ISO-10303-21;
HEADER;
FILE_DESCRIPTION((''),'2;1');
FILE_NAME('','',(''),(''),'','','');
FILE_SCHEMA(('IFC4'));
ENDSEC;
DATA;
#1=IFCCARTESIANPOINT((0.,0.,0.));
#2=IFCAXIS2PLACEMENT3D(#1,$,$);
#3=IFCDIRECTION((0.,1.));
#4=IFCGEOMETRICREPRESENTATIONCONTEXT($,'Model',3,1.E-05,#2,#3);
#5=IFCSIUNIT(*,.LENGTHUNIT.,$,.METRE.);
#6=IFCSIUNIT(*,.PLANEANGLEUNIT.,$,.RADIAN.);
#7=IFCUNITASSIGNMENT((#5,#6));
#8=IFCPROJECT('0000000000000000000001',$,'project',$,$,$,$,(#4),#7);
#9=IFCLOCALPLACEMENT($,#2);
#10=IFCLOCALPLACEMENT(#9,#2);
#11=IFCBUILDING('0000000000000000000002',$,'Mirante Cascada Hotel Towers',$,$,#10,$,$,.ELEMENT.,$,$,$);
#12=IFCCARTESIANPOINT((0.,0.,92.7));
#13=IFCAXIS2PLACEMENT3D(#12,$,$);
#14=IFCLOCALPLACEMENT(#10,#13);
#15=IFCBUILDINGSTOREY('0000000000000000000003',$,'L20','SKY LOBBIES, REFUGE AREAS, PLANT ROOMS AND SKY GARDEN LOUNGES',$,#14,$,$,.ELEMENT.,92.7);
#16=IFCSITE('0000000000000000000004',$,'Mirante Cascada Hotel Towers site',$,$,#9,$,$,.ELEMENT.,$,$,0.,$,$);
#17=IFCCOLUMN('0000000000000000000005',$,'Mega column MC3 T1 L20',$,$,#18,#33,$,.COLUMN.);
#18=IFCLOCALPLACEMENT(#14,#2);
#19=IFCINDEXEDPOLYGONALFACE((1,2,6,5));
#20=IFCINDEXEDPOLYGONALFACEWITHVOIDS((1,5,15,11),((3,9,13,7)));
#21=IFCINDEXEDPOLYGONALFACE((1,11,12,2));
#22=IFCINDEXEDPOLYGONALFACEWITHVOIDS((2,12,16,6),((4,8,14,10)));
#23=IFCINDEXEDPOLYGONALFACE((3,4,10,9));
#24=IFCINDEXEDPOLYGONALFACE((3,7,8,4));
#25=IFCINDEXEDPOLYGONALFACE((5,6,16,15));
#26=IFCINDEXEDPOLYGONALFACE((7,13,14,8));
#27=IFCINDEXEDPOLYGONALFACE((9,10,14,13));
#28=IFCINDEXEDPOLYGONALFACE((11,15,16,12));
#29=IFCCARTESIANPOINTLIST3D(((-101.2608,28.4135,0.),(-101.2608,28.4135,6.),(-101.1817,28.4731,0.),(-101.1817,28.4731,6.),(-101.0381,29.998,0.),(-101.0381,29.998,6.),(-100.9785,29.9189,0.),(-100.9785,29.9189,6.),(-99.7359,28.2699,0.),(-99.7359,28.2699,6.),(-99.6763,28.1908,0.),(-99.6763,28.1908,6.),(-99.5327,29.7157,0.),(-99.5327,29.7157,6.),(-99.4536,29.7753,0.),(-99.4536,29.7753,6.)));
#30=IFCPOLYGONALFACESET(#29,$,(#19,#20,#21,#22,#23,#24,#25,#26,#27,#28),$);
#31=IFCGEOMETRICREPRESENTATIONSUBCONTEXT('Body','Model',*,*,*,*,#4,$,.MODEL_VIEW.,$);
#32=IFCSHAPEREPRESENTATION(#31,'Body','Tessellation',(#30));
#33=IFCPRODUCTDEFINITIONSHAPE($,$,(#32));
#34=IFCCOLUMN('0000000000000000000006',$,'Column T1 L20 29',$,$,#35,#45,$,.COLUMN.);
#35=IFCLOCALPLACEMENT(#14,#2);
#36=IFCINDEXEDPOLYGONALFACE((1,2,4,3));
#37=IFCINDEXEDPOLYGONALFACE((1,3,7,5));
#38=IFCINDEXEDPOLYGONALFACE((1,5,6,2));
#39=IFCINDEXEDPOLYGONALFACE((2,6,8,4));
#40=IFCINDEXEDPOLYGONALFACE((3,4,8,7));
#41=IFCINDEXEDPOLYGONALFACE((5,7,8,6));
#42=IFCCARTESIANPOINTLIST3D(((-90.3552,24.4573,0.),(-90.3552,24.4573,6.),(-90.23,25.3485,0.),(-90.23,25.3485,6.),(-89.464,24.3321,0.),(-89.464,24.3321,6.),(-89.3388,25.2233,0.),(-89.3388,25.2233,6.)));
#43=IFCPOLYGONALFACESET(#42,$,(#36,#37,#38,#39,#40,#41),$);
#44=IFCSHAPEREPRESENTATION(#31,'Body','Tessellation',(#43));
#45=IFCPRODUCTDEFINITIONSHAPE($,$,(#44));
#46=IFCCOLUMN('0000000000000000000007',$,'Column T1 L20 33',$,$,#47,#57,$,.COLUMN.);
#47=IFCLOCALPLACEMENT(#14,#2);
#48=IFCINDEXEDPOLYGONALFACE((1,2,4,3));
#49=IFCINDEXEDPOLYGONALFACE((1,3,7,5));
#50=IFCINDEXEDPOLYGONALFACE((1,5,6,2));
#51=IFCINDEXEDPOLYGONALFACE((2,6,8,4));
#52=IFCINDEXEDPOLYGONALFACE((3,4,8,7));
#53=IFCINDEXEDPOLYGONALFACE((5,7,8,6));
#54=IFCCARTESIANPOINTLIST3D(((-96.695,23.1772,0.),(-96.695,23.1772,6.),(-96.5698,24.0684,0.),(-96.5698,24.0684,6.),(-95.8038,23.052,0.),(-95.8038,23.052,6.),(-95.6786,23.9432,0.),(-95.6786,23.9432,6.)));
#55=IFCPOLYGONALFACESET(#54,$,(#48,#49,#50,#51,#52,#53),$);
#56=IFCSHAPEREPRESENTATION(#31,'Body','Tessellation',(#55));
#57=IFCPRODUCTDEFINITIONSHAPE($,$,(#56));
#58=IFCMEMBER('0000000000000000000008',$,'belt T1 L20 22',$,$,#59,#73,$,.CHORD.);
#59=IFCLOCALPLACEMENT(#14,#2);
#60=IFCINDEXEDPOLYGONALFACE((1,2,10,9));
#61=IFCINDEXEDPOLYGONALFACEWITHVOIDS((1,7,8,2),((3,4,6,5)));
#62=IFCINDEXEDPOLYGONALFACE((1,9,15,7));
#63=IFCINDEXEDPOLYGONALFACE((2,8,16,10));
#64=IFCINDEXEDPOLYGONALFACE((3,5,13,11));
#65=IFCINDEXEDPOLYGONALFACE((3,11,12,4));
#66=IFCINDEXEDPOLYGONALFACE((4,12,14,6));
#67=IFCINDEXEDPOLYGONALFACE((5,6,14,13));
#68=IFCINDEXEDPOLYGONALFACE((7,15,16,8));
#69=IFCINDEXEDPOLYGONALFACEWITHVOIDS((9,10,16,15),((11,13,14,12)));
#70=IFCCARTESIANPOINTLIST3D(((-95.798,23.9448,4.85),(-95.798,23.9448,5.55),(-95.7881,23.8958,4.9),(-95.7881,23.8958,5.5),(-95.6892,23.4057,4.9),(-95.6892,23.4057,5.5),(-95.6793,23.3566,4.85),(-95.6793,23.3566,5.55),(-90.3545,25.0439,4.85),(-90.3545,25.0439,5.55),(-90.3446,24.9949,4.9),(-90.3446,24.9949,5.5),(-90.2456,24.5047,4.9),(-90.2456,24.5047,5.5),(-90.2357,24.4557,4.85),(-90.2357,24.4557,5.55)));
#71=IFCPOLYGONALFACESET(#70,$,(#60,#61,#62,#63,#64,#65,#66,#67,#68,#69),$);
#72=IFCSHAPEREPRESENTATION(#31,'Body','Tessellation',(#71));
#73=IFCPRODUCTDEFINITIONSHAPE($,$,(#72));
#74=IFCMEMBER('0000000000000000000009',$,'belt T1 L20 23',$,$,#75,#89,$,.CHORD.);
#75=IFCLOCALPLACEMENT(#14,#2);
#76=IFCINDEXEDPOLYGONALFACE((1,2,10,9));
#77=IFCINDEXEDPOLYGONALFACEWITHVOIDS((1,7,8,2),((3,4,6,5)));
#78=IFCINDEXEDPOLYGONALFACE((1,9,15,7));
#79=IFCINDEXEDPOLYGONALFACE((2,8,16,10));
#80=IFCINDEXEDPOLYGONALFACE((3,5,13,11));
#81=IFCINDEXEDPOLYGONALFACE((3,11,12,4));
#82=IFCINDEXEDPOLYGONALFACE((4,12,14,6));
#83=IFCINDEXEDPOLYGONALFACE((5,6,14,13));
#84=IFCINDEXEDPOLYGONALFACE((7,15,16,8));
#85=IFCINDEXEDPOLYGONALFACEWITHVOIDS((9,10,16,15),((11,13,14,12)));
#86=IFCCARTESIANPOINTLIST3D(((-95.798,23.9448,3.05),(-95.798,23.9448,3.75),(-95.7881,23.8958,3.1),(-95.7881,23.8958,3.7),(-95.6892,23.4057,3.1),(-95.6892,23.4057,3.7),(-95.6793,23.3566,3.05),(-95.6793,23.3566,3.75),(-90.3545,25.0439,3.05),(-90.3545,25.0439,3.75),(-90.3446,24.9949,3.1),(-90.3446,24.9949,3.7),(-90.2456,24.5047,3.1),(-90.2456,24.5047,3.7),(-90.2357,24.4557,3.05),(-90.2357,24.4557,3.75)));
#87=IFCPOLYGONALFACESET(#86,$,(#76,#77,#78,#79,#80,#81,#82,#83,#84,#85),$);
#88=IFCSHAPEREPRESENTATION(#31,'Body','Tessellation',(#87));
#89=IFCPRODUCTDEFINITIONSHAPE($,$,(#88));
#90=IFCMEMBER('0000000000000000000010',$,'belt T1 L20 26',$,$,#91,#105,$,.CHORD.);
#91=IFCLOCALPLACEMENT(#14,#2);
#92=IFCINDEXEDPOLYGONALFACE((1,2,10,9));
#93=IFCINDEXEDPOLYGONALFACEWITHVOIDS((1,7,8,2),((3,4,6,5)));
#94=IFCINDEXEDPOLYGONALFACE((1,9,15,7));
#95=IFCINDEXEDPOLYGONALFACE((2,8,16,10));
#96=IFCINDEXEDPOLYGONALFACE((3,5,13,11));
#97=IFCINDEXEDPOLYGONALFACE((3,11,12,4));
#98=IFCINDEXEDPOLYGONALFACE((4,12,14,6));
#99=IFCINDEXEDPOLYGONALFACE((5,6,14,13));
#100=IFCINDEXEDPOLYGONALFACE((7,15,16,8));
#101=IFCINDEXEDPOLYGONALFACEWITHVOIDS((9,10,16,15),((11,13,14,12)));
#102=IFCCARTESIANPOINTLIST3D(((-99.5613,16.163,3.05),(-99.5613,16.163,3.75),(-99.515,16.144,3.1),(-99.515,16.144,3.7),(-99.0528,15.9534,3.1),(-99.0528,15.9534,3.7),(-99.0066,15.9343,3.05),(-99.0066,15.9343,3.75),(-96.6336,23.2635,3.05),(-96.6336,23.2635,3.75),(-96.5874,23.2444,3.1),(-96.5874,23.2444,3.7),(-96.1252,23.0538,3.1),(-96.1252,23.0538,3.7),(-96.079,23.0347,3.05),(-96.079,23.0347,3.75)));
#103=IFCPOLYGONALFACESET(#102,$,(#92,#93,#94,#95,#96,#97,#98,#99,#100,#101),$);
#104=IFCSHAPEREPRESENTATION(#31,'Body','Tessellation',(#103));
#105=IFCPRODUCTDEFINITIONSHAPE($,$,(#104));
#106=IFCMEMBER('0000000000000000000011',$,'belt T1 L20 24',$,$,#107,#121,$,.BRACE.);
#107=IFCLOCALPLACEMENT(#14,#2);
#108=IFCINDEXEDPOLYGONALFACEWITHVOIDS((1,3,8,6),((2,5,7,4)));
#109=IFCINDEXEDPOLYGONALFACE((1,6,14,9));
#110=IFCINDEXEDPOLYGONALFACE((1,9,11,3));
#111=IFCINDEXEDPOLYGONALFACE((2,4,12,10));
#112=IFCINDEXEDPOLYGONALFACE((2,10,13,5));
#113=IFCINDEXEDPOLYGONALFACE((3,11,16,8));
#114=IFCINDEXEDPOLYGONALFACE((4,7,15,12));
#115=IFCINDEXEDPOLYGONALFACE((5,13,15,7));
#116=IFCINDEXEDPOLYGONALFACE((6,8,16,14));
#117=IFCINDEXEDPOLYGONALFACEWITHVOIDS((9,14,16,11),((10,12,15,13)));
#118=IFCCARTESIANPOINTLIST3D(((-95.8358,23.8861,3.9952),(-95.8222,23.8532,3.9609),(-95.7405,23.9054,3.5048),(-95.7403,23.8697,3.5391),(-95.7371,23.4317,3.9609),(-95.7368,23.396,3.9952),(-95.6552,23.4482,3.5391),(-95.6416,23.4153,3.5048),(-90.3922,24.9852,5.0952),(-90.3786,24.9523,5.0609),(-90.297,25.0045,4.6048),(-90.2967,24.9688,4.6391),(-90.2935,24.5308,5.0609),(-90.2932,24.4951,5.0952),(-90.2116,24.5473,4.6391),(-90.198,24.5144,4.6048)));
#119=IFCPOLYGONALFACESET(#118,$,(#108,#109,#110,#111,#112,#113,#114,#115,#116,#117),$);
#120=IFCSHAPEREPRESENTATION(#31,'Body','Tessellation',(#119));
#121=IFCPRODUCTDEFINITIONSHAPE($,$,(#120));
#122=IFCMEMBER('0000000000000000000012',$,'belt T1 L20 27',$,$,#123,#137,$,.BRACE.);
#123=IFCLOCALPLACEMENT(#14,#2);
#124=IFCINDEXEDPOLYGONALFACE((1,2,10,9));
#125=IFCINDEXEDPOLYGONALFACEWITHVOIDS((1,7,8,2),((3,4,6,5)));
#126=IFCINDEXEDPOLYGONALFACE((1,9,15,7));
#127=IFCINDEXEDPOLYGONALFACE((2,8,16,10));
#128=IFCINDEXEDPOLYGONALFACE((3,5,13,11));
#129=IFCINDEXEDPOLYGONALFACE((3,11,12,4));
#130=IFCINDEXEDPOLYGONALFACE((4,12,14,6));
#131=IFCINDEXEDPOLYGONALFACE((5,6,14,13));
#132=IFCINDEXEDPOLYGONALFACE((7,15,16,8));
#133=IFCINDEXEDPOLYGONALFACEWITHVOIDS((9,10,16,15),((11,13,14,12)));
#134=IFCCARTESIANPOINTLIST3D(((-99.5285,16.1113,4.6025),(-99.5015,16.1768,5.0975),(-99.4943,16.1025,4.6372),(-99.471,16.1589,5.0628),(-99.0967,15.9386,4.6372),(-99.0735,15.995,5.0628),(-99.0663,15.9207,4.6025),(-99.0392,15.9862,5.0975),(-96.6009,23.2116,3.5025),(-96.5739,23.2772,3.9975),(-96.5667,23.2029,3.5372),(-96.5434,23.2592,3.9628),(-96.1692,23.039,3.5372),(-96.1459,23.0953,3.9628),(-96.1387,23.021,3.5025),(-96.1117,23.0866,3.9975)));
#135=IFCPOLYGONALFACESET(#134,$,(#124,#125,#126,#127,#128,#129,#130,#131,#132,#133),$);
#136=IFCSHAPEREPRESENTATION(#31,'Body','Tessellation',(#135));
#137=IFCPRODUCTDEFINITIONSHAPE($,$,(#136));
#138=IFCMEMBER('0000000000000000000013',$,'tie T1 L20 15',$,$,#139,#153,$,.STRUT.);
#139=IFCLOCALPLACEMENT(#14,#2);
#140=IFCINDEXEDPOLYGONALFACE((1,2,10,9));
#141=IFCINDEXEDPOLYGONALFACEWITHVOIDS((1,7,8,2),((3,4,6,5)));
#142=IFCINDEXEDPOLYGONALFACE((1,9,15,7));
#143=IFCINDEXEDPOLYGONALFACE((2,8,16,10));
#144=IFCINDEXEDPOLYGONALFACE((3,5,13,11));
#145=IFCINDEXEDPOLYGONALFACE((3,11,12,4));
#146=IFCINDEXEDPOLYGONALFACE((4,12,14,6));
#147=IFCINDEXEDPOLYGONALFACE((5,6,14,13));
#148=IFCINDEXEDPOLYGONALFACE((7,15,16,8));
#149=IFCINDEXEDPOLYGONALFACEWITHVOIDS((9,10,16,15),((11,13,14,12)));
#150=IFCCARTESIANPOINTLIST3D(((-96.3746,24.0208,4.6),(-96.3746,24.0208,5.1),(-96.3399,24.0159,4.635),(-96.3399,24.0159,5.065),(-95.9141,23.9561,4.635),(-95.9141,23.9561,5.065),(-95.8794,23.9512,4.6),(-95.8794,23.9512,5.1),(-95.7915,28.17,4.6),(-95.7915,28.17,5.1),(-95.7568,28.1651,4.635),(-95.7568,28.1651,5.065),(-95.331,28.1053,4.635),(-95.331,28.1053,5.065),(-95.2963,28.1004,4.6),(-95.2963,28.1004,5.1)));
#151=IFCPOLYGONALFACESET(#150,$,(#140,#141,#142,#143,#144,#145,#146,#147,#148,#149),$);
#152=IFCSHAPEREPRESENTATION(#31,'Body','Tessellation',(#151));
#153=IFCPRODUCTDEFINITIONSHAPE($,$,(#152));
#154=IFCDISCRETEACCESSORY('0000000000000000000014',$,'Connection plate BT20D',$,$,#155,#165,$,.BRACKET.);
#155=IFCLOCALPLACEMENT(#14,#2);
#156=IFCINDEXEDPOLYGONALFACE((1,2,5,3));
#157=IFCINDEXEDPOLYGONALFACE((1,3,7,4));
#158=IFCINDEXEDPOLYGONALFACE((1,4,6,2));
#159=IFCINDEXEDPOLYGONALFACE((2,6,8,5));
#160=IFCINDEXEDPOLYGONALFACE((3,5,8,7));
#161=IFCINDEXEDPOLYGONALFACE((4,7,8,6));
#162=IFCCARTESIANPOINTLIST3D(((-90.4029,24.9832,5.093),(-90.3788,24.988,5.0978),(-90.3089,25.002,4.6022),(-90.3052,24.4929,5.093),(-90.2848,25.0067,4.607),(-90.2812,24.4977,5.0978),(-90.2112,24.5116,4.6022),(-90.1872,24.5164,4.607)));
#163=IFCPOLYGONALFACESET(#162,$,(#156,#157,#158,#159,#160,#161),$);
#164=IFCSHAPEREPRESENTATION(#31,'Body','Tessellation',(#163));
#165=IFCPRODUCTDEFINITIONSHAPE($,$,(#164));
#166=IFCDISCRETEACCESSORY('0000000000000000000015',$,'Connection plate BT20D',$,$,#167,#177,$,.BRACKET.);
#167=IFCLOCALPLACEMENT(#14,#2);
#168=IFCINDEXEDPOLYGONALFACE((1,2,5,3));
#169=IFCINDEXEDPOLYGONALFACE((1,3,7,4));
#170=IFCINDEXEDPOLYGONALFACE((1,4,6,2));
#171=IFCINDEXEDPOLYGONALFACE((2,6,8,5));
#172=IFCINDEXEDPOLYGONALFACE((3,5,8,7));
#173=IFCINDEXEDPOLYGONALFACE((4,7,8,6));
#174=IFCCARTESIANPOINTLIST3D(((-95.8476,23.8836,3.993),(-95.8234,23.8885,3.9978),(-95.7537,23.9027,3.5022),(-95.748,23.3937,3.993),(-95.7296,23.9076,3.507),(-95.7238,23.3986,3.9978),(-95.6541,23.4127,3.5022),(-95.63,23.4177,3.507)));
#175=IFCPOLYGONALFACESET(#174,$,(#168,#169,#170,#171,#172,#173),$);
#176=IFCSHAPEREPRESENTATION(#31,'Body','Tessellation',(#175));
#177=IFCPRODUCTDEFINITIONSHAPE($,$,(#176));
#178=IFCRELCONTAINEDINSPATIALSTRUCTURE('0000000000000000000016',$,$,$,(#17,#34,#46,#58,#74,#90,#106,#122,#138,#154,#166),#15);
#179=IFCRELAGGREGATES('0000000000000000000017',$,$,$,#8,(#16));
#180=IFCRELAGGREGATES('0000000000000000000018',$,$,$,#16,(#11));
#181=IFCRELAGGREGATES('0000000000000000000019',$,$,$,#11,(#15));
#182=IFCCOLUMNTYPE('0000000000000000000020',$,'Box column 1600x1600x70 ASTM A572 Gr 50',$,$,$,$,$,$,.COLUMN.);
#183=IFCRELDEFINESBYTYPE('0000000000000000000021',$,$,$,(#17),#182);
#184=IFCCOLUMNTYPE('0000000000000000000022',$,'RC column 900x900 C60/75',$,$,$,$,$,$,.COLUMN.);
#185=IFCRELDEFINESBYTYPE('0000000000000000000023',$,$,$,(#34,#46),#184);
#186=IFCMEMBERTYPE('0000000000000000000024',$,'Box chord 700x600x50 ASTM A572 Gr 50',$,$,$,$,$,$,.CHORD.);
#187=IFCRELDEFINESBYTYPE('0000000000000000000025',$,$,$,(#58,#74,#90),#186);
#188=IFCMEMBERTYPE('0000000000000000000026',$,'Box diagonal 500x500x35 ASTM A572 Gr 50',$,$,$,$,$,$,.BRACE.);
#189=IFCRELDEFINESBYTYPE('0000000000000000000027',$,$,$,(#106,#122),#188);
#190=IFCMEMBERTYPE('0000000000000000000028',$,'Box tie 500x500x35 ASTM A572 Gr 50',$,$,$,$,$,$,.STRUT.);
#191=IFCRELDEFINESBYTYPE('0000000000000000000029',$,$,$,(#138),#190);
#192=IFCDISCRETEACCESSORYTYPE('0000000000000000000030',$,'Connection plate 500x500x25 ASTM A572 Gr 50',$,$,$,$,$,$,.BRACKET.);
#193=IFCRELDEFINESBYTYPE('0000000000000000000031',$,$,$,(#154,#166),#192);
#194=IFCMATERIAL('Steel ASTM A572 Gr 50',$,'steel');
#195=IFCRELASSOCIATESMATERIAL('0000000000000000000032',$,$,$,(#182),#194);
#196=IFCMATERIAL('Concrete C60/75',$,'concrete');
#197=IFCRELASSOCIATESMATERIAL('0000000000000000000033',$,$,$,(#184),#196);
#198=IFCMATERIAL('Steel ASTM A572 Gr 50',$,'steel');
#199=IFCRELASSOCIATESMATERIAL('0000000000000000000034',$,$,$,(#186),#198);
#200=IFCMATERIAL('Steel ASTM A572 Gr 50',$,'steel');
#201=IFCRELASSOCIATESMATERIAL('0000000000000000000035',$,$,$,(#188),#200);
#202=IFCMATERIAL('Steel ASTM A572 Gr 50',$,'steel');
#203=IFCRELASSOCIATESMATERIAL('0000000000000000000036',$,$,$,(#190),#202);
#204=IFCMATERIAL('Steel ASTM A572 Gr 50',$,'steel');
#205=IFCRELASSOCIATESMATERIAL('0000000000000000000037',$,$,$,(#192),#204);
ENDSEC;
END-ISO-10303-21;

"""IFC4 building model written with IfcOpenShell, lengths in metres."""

from ifc_helpers import new_model, si_unit, direction, frame, origin, origin_2d, place, context, subcontext, project, spatial, rectangle, hollow_rectangle, extrude, material, material_profile, profile_set, type_object, element, save


model = new_model("IFC4")

# Units and contexts
model_context = context("Model", 3, precision=1e-05, world=origin(), true_north=direction((0.0, 1.0)))
body_context = subcontext(model_context, "Body", "Model", "MODEL_VIEW")
ifc_project = project(units=[si_unit("LENGTHUNIT", "METRE"), si_unit("PLANEANGLEUNIT", "RADIAN")], contexts=[model_context])

# Site, building, storey
site_placement = place(None, origin())
site = spatial("IfcSite", under=ifc_project, at=site_placement, Name="Mirante Cascada Hotel Towers site", CompositionType="ELEMENT", RefElevation=0.0)
building_placement = place(site_placement, origin())
building = spatial("IfcBuilding", under=site, at=building_placement, Name="Mirante Cascada Hotel Towers", CompositionType="ELEMENT")
storey_placement = place(building_placement, frame((0.0, 0.0, 92.7)))
storey = spatial("IfcBuildingStorey", under=building, at=storey_placement, Name="L20", Description="SKY LOBBIES, REFUGE AREAS, PLANT ROOMS AND SKY GARDEN LOUNGES", CompositionType="ELEMENT", Elevation=92.7)

# Columns
ifc_material_1 = material(Name="Steel ASTM A572 Gr 50", Category="steel")
ifc_material_profile_1 = material_profile(ifc_material_1, hollow_rectangle(XDim=1.6, YDim=1.6, WallThickness=0.07, at=origin_2d()), Name="Box column 1600x1600x70 ASTM A572 Gr 50")
ifc_profile_set_1 = profile_set([ifc_material_profile_1], Name="Steel ASTM A572 Gr 50")
column_type_1 = type_object("IfcColumnType", Name="Box column 1600x1600x70 ASTM A572 Gr 50", PredefinedType="COLUMN", material=ifc_profile_set_1)
column_placement = place(storey_placement, frame((-100.3572, 29.0944, 0.0), z_axis=(0.0, 0.0, 1.0), x_axis=(-0.990268, 0.139173, 0.0)))
element("IfcColumn", 1, at=column_placement, inside=storey, type_object=column_type_1, Name="Mega column MC3 T1 L20", PredefinedType="COLUMN", context=body_context, shape_type="SweptSolid", body=[
    extrude(hollow_rectangle(XDim=1.6, YDim=1.6, WallThickness=0.07, at=origin_2d()), origin(), (0.0, 0.0, 1.0), 6.0),
])
ifc_material_2 = material(Name="Concrete C60/75", Category="concrete")
ifc_material_profile_2 = material_profile(ifc_material_2, rectangle(XDim=0.9, YDim=0.9, at=origin_2d()), Name="RC column 900x900 C60/75")
ifc_profile_set_2 = profile_set([ifc_material_profile_2], Name="Concrete C60/75")
column_type_2 = type_object("IfcColumnType", Name="RC column 900x900 C60/75", PredefinedType="COLUMN", material=ifc_profile_set_2)
for number, where, z_axis, x_axis, name in (
    (2, (-89.847, 24.8403, 0.0), (0.0, 0.0, 1.0), (-0.990268, 0.139173, 0.0), "Column T1 L20 29"),
    (3, (-96.1868, 23.5602, 0.0), (0.0, 0.0, 1.0), (-0.990268, 0.139173, 0.0), "Column T1 L20 33"),
):
    element("IfcColumn", number, at=place(storey_placement, frame(where, z_axis=z_axis, x_axis=x_axis)), inside=storey, type_object=column_type_2, Name=name, PredefinedType="COLUMN", context=body_context, shape_type="SweptSolid", body=[
        extrude(rectangle(XDim=0.9, YDim=0.9, at=origin_2d()), origin(), (0.0, 0.0, 1.0), 6.0),
    ])

# Members
ifc_material_3 = material(Name="Steel ASTM A572 Gr 50", Category="steel")
ifc_material_profile_3 = material_profile(ifc_material_3, hollow_rectangle(XDim=0.6, YDim=0.7, WallThickness=0.05, at=origin_2d()), Name="Box chord 700x600x50 ASTM A572 Gr 50")
ifc_profile_set_3 = profile_set([ifc_material_profile_3], Name="Steel ASTM A572 Gr 50")
member_type_1 = type_object("IfcMemberType", Name="Box chord 700x600x50 ASTM A572 Gr 50", PredefinedType="CHORD", material=ifc_profile_set_3)
for number, where, z_axis, x_axis, name in (
    (4, (-90.2951, 24.7498, 5.2), (-0.98022, -0.197913, 0.0), (0.197913, -0.98022, 0.0), "belt T1 L20 22"),
    (5, (-90.2951, 24.7498, 3.4), (-0.98022, -0.197913, 0.0), (0.197913, -0.98022, 0.0), "belt T1 L20 23"),
):
    element("IfcMember", number, at=place(storey_placement, frame(where, z_axis=z_axis, x_axis=x_axis)), inside=storey, type_object=member_type_1, Name=name, PredefinedType="CHORD", context=body_context, shape_type="SweptSolid", body=[
        extrude(hollow_rectangle(XDim=0.6, YDim=0.7, WallThickness=0.05, at=origin_2d()), origin(), (0.0, 0.0, 1.0), 5.5534),
    ])
member_1_placement = place(storey_placement, frame((-96.3563, 23.1491, 3.4), z_axis=(-0.381185, -0.924499, 0.0), x_axis=(0.924499, -0.381185, 0.0)))
element("IfcMember", 6, at=member_1_placement, inside=storey, type_object=member_type_1, Name="belt T1 L20 26", PredefinedType="CHORD", context=body_context, shape_type="SweptSolid", body=[
    extrude(hollow_rectangle(XDim=0.6, YDim=0.7, WallThickness=0.05, at=origin_2d()), origin(), (0.0, 0.0, 1.0), 7.6803),
])
ifc_material_4 = material(Name="Steel ASTM A572 Gr 50", Category="steel")
ifc_material_profile_4 = material_profile(ifc_material_4, hollow_rectangle(XDim=0.5, YDim=0.5, WallThickness=0.035, at=origin_2d()), Name="Box diagonal 500x500x35 ASTM A572 Gr 50")
ifc_profile_set_4 = profile_set([ifc_material_profile_4], Name="Steel ASTM A572 Gr 50")
member_type_2 = type_object("IfcMemberType", Name="Box diagonal 500x500x35 ASTM A572 Gr 50", PredefinedType="BRACE", material=ifc_profile_set_4)
member_2_placement = place(storey_placement, frame((-90.2951, 24.7498, 4.85), z_axis=(-0.961539, -0.194141, -0.1943), x_axis=(0.197913, -0.98022, 0.0)))
element("IfcMember", 7, at=member_2_placement, inside=storey, type_object=member_type_2, Name="belt T1 L20 24", PredefinedType="BRACE", context=body_context, shape_type="SweptSolid", body=[
    extrude(hollow_rectangle(XDim=0.5, YDim=0.5, WallThickness=0.035, at=origin_2d()), origin(), (0.0, 0.0, 1.0), 5.6613),
])
member_3_placement = place(storey_placement, frame((-96.3563, 23.1491, 3.75), z_axis=(-0.377334, -0.91516, 0.141777), x_axis=(0.924499, -0.381185, 0.0)))
element("IfcMember", 8, at=member_3_placement, inside=storey, type_object=member_type_2, Name="belt T1 L20 27", PredefinedType="BRACE", context=body_context, shape_type="SweptSolid", body=[
    extrude(hollow_rectangle(XDim=0.5, YDim=0.5, WallThickness=0.035, at=origin_2d()), origin(), (0.0, 0.0, 1.0), 7.7586),
])
ifc_material_5 = material(Name="Steel ASTM A572 Gr 50", Category="steel")
ifc_material_profile_5 = material_profile(ifc_material_5, hollow_rectangle(XDim=0.5, YDim=0.5, WallThickness=0.035, at=origin_2d()), Name="Box tie 500x500x35 ASTM A572 Gr 50")
ifc_profile_set_5 = profile_set([ifc_material_profile_5], Name="Steel ASTM A572 Gr 50")
member_type_3 = type_object("IfcMemberType", Name="Box tie 500x500x35 ASTM A572 Gr 50", PredefinedType="STRUT", material=ifc_profile_set_5)
member_4_placement = place(storey_placement, frame((-96.127, 23.986, 4.85), z_axis=(0.139166, 0.990269, 0.0), x_axis=(-0.990269, 0.139166, 0.0)))
element("IfcMember", 9, at=member_4_placement, inside=storey, type_object=member_type_3, Name="tie T1 L20 15", PredefinedType="STRUT", context=body_context, shape_type="SweptSolid", body=[
    extrude(hollow_rectangle(XDim=0.5, YDim=0.5, WallThickness=0.035, at=origin_2d()), origin(), (0.0, 0.0, 1.0), 4.19),
])

# Discrete accessories
ifc_material_6 = material(Name="Steel ASTM A572 Gr 50", Category="steel")
ifc_material_profile_6 = material_profile(ifc_material_6, rectangle(XDim=0.5, YDim=0.5, at=origin_2d()), Name="Connection plate 500x500x25 ASTM A572 Gr 50")
ifc_profile_set_6 = profile_set([ifc_material_profile_6], Name="Steel ASTM A572 Gr 50")
discrete_accessory_type_1 = type_object("IfcDiscreteAccessoryType", Name="Connection plate 500x500x25 ASTM A572 Gr 50", PredefinedType="BRACKET", material=ifc_profile_set_6)
discrete_accessory_1_placement = place(storey_placement, frame((-90.283, 24.7522, 4.8524), z_axis=(-0.962546, -0.19171, -0.19171), x_axis=(0.195333, -0.980737, 0.0)))
element("IfcDiscreteAccessory", 10, at=discrete_accessory_1_placement, inside=storey, type_object=discrete_accessory_type_1, Name="Connection plate BT20D", PredefinedType="BRACKET", context=body_context, shape_type="SweptSolid", body=[
    extrude(rectangle(XDim=0.5, YDim=0.5, at=origin_2d()), origin(), (0.0, 0.0, 1.0), 0.025),
])
discrete_accessory_2_placement = place(storey_placement, frame((-95.7267, 23.6531, 3.7524), z_axis=(-0.961802, -0.195553, -0.191562), x_axis=(0.199243, -0.97995, 0.0)))
element("IfcDiscreteAccessory", 11, at=discrete_accessory_2_placement, inside=storey, type_object=discrete_accessory_type_1, Name="Connection plate BT20D", PredefinedType="BRACKET", context=body_context, shape_type="SweptSolid", body=[
    extrude(rectangle(XDim=0.5, YDim=0.5, at=origin_2d()), origin(), (0.0, 0.0, 1.0), 0.0251),
])

save(model, "model.ifc")
